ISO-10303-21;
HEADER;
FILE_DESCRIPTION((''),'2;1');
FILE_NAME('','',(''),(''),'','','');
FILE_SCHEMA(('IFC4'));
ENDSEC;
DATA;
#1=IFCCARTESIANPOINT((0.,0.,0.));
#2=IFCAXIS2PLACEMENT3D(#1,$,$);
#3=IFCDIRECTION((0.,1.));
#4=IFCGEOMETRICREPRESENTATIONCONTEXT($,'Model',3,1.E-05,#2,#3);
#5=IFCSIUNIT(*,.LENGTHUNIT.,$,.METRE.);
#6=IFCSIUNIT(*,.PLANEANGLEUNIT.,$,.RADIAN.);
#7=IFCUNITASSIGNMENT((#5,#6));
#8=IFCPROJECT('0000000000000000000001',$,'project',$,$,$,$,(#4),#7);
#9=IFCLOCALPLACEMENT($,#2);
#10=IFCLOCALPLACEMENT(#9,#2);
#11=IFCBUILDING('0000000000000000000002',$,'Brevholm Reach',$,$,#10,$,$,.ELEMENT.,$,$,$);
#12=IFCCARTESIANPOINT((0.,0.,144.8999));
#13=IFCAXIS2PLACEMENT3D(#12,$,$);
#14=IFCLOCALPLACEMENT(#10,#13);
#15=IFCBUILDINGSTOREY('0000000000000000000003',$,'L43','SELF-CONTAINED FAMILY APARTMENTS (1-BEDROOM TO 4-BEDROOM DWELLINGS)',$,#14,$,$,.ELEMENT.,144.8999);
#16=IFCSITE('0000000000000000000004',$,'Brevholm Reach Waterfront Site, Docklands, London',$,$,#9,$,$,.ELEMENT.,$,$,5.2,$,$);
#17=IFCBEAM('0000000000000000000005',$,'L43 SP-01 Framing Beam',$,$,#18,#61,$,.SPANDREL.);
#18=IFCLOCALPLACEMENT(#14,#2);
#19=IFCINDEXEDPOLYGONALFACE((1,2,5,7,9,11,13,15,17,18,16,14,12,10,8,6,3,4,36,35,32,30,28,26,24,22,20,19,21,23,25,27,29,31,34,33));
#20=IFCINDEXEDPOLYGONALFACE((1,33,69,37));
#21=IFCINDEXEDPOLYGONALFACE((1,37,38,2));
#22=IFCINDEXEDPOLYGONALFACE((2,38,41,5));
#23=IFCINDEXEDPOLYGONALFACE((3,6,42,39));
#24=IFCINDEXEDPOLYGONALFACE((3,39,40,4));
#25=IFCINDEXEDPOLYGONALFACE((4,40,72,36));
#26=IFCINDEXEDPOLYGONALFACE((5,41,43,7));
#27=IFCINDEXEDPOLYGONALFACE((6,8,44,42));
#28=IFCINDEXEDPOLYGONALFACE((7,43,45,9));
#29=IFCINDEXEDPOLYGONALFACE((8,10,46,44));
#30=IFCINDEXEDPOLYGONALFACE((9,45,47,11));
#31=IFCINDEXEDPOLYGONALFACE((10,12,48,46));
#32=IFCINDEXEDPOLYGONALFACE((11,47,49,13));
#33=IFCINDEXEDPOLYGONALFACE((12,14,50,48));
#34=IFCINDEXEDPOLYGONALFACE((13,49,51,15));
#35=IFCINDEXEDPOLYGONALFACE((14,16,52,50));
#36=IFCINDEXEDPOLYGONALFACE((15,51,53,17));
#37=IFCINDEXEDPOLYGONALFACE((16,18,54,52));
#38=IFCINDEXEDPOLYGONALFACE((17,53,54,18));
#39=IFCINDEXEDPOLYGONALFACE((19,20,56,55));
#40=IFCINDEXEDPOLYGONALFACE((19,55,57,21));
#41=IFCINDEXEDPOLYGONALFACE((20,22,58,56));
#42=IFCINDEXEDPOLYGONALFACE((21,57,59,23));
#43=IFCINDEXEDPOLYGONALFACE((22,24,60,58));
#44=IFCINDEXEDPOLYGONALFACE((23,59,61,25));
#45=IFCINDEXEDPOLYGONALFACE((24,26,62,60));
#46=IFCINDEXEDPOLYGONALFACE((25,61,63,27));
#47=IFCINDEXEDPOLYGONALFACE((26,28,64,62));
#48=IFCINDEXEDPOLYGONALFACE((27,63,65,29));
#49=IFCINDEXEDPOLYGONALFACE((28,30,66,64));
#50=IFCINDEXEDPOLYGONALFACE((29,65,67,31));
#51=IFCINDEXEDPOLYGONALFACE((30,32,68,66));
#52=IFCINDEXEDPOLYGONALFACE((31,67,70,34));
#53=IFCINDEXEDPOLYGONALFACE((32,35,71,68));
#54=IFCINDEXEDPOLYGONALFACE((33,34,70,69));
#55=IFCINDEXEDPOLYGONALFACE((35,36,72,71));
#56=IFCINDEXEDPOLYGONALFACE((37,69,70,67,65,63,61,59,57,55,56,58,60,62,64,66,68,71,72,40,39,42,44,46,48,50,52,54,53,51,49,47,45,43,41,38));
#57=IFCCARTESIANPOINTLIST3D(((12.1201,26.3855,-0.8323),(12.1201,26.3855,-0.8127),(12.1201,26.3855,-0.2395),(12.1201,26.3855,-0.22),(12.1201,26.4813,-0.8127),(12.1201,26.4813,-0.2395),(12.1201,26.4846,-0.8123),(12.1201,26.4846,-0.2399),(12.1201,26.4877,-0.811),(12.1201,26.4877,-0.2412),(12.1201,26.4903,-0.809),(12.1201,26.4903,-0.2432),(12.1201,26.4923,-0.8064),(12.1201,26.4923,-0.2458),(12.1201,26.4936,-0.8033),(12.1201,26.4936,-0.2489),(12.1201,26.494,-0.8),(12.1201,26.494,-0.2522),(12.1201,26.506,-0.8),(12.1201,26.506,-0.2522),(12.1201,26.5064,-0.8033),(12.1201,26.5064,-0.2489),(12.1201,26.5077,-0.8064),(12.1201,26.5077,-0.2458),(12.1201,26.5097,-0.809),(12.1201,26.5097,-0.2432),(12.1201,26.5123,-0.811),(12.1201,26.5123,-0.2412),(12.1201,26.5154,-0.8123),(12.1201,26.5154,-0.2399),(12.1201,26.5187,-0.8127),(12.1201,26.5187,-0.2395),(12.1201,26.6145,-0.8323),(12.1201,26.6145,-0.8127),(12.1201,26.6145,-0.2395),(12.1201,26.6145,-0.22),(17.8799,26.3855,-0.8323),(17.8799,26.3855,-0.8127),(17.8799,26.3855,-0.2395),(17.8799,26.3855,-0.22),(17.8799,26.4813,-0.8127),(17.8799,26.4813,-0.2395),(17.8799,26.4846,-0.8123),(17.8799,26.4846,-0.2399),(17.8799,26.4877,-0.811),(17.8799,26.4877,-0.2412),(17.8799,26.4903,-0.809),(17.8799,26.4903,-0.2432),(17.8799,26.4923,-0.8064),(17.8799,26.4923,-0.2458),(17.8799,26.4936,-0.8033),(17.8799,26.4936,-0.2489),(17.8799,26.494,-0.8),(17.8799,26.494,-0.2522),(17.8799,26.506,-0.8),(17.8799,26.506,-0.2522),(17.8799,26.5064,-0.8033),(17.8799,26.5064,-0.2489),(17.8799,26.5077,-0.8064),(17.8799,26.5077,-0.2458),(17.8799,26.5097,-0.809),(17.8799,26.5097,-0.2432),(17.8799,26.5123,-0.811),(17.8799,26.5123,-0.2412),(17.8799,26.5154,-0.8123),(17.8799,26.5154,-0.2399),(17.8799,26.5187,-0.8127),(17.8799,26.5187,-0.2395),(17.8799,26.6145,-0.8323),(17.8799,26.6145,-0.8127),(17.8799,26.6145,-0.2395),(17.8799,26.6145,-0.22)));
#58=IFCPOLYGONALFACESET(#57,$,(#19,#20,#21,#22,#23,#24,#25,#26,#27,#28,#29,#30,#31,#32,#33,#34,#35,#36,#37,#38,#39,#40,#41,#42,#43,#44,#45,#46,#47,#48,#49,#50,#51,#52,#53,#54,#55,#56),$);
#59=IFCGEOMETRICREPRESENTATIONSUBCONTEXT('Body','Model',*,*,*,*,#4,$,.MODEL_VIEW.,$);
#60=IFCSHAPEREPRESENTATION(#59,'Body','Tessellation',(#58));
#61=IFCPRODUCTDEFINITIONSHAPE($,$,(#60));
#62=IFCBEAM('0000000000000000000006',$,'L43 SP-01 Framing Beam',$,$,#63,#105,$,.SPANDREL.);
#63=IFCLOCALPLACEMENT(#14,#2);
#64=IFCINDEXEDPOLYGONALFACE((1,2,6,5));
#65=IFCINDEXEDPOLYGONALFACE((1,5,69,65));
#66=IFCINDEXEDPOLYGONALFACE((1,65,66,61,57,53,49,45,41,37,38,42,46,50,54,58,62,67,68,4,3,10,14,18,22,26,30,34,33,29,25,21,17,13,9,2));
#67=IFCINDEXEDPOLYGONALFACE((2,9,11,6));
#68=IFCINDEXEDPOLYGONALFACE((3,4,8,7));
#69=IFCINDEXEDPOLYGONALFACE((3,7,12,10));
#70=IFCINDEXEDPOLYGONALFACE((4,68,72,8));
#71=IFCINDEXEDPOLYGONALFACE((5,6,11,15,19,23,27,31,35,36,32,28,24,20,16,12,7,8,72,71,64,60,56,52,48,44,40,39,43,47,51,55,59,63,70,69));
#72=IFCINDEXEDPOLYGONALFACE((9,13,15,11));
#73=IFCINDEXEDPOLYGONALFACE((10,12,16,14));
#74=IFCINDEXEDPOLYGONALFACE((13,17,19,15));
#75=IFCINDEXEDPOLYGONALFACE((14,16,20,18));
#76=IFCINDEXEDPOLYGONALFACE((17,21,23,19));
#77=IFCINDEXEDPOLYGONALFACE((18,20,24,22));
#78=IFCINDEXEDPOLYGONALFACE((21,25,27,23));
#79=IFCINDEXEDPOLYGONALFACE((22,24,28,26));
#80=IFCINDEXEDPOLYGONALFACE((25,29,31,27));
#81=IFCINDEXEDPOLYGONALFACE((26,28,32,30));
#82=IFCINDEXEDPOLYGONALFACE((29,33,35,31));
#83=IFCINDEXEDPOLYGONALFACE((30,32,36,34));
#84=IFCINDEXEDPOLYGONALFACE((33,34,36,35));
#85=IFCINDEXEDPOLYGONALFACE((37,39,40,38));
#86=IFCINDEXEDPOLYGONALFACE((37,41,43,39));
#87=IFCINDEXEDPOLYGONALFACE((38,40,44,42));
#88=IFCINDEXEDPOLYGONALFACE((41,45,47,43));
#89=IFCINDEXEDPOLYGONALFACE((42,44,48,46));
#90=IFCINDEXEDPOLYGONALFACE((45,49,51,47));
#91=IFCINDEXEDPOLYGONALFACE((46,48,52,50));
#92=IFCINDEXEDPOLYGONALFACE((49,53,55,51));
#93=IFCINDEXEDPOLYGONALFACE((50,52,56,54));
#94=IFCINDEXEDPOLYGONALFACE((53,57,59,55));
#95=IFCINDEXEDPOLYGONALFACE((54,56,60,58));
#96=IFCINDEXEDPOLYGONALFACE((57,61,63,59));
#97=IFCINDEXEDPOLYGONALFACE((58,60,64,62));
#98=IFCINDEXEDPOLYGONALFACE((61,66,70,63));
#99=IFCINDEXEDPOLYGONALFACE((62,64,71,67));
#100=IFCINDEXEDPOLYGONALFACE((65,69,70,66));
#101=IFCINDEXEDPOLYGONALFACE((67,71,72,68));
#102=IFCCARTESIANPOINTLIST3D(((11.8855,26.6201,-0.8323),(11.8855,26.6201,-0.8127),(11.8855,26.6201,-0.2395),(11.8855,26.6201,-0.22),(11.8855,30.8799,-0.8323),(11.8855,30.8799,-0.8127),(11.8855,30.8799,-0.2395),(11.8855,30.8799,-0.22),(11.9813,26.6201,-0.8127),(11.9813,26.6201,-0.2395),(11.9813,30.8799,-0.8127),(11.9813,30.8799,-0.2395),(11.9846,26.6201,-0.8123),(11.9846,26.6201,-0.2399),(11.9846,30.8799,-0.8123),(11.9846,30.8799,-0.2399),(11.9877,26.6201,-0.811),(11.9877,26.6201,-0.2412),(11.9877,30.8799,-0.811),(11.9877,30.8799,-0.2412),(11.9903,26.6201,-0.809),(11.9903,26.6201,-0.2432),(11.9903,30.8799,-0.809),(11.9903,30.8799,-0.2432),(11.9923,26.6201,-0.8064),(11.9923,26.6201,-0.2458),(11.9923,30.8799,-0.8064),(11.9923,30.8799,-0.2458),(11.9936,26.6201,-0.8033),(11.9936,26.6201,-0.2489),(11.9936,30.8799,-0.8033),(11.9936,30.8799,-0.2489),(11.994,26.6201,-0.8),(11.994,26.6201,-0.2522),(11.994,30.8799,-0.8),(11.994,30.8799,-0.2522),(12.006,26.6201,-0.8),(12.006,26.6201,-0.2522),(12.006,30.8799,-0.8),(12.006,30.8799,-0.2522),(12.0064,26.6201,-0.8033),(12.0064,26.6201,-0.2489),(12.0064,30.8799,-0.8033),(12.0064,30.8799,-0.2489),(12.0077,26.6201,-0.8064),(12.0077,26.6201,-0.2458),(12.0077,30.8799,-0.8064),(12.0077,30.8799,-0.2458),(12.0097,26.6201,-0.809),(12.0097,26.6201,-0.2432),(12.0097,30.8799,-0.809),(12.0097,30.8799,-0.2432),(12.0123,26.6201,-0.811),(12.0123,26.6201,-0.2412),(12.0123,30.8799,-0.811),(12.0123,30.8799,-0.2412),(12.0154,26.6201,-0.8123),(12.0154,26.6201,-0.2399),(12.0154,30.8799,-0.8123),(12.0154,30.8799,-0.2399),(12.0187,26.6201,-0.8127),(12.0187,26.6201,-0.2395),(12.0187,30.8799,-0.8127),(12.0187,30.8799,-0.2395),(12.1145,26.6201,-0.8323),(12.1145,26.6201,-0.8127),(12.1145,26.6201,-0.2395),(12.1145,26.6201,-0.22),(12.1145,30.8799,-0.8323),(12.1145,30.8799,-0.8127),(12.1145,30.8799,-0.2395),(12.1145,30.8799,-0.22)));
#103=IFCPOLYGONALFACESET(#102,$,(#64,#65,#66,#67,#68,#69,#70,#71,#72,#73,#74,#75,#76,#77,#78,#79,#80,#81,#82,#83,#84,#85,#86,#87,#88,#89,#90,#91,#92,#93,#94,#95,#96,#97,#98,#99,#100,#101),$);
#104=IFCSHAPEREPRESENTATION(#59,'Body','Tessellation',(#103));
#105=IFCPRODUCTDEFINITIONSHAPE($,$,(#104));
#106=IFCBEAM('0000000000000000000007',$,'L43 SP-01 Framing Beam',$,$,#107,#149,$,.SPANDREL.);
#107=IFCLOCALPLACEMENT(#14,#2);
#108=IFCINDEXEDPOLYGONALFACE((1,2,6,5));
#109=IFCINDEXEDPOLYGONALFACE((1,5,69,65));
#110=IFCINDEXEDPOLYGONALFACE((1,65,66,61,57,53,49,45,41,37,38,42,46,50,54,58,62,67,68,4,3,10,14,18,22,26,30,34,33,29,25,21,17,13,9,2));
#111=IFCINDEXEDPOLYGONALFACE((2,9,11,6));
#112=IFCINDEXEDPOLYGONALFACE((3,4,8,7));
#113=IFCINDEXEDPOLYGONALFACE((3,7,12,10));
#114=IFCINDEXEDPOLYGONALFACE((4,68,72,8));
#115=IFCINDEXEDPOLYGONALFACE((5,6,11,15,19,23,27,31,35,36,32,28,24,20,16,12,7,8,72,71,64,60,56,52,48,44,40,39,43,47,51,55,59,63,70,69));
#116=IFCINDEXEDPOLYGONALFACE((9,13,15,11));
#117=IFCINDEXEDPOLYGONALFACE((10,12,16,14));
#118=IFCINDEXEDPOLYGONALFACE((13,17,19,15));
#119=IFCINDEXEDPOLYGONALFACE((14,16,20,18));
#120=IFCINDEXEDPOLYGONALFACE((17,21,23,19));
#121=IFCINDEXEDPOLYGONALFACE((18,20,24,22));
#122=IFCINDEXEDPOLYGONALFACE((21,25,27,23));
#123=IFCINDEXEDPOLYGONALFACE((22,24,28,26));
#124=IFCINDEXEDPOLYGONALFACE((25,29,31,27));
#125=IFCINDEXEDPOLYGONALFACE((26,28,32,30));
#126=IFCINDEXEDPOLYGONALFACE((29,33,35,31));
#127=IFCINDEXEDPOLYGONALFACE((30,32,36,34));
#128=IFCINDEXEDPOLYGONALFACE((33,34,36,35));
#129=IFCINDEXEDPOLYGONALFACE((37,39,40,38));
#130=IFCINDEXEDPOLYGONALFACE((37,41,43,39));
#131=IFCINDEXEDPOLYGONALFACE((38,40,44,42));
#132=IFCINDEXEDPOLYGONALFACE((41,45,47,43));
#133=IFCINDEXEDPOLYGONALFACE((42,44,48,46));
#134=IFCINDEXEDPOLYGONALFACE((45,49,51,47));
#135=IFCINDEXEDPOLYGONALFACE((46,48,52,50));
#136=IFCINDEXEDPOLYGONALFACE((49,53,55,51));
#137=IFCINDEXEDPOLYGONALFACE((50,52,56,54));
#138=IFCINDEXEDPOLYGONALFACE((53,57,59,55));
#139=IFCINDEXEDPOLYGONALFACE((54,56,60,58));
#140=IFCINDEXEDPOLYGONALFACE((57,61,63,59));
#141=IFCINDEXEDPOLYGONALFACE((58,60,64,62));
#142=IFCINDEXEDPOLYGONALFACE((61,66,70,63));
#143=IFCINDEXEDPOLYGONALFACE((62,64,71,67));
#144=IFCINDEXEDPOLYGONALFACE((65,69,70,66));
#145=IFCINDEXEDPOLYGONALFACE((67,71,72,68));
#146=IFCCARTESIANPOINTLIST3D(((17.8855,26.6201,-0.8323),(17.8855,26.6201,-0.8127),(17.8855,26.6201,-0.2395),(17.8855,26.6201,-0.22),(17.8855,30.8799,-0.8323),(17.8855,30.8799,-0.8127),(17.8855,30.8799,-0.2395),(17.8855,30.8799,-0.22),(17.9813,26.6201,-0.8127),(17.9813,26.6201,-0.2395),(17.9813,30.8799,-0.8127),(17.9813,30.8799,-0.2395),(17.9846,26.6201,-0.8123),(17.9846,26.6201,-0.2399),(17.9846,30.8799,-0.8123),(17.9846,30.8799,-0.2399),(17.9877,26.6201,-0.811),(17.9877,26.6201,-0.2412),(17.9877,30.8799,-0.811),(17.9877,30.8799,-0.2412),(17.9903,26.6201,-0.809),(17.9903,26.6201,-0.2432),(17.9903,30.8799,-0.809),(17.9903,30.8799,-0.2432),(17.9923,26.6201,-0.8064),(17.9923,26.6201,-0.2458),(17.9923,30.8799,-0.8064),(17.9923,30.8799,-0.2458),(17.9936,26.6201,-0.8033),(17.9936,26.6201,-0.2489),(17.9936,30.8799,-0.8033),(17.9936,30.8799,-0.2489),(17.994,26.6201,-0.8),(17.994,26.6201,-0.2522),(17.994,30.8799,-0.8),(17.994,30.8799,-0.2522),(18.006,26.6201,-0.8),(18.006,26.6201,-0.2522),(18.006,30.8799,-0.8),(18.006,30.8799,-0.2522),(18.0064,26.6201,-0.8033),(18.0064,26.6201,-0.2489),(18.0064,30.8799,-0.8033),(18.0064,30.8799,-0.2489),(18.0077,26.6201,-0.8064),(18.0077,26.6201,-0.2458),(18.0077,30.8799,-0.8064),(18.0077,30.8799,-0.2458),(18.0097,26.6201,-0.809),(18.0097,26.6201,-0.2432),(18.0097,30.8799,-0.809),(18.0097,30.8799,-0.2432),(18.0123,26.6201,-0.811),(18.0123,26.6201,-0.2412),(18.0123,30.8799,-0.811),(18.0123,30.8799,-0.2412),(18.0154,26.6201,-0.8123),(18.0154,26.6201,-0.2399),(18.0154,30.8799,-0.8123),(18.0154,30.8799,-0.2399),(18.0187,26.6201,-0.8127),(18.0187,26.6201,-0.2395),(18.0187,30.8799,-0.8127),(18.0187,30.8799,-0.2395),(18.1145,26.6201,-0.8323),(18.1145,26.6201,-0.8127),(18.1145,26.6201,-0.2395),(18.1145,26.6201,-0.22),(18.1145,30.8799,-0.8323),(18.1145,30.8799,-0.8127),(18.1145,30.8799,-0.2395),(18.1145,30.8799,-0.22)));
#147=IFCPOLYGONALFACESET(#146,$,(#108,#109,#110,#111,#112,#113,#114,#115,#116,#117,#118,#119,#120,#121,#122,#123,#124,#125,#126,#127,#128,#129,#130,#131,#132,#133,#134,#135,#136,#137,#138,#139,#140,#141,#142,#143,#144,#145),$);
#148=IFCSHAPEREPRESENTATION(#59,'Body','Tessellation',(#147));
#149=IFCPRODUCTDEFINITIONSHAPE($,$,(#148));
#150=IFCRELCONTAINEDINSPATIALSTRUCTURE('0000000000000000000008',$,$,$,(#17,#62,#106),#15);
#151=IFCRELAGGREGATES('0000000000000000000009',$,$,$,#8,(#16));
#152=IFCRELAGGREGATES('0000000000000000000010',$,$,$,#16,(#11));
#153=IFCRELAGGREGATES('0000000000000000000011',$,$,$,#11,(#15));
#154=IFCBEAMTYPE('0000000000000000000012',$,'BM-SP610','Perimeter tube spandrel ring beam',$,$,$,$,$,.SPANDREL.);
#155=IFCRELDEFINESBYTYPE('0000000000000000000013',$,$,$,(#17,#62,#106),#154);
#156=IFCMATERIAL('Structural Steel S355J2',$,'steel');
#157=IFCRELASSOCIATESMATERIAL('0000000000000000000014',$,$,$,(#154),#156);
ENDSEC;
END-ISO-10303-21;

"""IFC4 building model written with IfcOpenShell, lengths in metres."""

from ifc_helpers import new_model, si_unit, direction, frame, origin, origin_2d, place, context, subcontext, project, spatial, i_section, extrude, material, material_profile, profile_set, type_object, element, save


model = new_model("IFC4")

# Units and contexts
model_context = context("Model", 3, precision=1e-05, world=origin(), true_north=direction((0.0, 1.0)))
body_context = subcontext(model_context, "Body", "Model", "MODEL_VIEW")
ifc_project = project(units=[si_unit("LENGTHUNIT", "METRE"), si_unit("PLANEANGLEUNIT", "RADIAN")], contexts=[model_context])

# Site, building, storey
site_placement = place(None, origin())
site = spatial("IfcSite", under=ifc_project, at=site_placement, Name="Brevholm Reach Waterfront Site, Docklands, London", CompositionType="ELEMENT", RefElevation=5.2)
building_placement = place(site_placement, origin())
building = spatial("IfcBuilding", under=site, at=building_placement, Name="Brevholm Reach", CompositionType="ELEMENT")
storey_placement = place(building_placement, frame((0.0, 0.0, 144.8999)))
storey = spatial("IfcBuildingStorey", under=building, at=storey_placement, Name="L43", Description="SELF-CONTAINED FAMILY APARTMENTS (1-BEDROOM TO 4-BEDROOM DWELLINGS)", CompositionType="ELEMENT", Elevation=144.8999)

# Beams
ifc_material_1 = material(Name="Structural Steel S355J2", Category="steel")
ifc_material_profile_1 = material_profile(ifc_material_1, i_section(OverallWidth=0.229, OverallDepth=0.6123, WebThickness=0.012, FlangeThickness=0.0195, FilletRadius=0.0127, at=origin_2d()), Name="UKB 610x229x125")
ifc_profile_set_1 = profile_set([ifc_material_profile_1], Name="Structural Steel S355J2")
beam_type_1 = type_object("IfcBeamType", Name="BM-SP610", Description="Perimeter tube spandrel ring beam", PredefinedType="SPANDREL", material=ifc_profile_set_1)
beam_1_placement = place(storey_placement, frame((12.1201, 26.5, -0.5261), z_axis=(1.0, 0.0, 0.0), x_axis=(0.0, 1.0, 0.0)))
element("IfcBeam", 1, at=beam_1_placement, inside=storey, type_object=beam_type_1, Name="L43 SP-01 Framing Beam", PredefinedType="SPANDREL", context=body_context, shape_type="SweptSolid", body=[
    extrude(i_section(OverallWidth=0.229, OverallDepth=0.6123, WebThickness=0.012, FlangeThickness=0.0195, FilletRadius=0.0127, at=origin_2d()), origin(), (0.0, 0.0, 1.0), 5.7598),
])
for number, where, z_axis, x_axis, name in (
    (2, (12.0, 26.6201, -0.5261), (0.0, 1.0, 0.0), (-1.0, 0.0, 0.0), "L43 SP-01 Framing Beam"),
    (3, (18.0, 26.6201, -0.5261), (0.0, 1.0, 0.0), (-1.0, 0.0, 0.0), "L43 SP-01 Framing Beam"),
):
    element("IfcBeam", number, at=place(storey_placement, frame(where, z_axis=z_axis, x_axis=x_axis)), inside=storey, type_object=beam_type_1, Name=name, PredefinedType="SPANDREL", context=body_context, shape_type="SweptSolid", body=[
        extrude(i_section(OverallWidth=0.229, OverallDepth=0.6123, WebThickness=0.012, FlangeThickness=0.0195, FilletRadius=0.0127, at=origin_2d()), origin(), (0.0, 0.0, 1.0), 4.2598),
    ])

save(model, "model.ifc")
